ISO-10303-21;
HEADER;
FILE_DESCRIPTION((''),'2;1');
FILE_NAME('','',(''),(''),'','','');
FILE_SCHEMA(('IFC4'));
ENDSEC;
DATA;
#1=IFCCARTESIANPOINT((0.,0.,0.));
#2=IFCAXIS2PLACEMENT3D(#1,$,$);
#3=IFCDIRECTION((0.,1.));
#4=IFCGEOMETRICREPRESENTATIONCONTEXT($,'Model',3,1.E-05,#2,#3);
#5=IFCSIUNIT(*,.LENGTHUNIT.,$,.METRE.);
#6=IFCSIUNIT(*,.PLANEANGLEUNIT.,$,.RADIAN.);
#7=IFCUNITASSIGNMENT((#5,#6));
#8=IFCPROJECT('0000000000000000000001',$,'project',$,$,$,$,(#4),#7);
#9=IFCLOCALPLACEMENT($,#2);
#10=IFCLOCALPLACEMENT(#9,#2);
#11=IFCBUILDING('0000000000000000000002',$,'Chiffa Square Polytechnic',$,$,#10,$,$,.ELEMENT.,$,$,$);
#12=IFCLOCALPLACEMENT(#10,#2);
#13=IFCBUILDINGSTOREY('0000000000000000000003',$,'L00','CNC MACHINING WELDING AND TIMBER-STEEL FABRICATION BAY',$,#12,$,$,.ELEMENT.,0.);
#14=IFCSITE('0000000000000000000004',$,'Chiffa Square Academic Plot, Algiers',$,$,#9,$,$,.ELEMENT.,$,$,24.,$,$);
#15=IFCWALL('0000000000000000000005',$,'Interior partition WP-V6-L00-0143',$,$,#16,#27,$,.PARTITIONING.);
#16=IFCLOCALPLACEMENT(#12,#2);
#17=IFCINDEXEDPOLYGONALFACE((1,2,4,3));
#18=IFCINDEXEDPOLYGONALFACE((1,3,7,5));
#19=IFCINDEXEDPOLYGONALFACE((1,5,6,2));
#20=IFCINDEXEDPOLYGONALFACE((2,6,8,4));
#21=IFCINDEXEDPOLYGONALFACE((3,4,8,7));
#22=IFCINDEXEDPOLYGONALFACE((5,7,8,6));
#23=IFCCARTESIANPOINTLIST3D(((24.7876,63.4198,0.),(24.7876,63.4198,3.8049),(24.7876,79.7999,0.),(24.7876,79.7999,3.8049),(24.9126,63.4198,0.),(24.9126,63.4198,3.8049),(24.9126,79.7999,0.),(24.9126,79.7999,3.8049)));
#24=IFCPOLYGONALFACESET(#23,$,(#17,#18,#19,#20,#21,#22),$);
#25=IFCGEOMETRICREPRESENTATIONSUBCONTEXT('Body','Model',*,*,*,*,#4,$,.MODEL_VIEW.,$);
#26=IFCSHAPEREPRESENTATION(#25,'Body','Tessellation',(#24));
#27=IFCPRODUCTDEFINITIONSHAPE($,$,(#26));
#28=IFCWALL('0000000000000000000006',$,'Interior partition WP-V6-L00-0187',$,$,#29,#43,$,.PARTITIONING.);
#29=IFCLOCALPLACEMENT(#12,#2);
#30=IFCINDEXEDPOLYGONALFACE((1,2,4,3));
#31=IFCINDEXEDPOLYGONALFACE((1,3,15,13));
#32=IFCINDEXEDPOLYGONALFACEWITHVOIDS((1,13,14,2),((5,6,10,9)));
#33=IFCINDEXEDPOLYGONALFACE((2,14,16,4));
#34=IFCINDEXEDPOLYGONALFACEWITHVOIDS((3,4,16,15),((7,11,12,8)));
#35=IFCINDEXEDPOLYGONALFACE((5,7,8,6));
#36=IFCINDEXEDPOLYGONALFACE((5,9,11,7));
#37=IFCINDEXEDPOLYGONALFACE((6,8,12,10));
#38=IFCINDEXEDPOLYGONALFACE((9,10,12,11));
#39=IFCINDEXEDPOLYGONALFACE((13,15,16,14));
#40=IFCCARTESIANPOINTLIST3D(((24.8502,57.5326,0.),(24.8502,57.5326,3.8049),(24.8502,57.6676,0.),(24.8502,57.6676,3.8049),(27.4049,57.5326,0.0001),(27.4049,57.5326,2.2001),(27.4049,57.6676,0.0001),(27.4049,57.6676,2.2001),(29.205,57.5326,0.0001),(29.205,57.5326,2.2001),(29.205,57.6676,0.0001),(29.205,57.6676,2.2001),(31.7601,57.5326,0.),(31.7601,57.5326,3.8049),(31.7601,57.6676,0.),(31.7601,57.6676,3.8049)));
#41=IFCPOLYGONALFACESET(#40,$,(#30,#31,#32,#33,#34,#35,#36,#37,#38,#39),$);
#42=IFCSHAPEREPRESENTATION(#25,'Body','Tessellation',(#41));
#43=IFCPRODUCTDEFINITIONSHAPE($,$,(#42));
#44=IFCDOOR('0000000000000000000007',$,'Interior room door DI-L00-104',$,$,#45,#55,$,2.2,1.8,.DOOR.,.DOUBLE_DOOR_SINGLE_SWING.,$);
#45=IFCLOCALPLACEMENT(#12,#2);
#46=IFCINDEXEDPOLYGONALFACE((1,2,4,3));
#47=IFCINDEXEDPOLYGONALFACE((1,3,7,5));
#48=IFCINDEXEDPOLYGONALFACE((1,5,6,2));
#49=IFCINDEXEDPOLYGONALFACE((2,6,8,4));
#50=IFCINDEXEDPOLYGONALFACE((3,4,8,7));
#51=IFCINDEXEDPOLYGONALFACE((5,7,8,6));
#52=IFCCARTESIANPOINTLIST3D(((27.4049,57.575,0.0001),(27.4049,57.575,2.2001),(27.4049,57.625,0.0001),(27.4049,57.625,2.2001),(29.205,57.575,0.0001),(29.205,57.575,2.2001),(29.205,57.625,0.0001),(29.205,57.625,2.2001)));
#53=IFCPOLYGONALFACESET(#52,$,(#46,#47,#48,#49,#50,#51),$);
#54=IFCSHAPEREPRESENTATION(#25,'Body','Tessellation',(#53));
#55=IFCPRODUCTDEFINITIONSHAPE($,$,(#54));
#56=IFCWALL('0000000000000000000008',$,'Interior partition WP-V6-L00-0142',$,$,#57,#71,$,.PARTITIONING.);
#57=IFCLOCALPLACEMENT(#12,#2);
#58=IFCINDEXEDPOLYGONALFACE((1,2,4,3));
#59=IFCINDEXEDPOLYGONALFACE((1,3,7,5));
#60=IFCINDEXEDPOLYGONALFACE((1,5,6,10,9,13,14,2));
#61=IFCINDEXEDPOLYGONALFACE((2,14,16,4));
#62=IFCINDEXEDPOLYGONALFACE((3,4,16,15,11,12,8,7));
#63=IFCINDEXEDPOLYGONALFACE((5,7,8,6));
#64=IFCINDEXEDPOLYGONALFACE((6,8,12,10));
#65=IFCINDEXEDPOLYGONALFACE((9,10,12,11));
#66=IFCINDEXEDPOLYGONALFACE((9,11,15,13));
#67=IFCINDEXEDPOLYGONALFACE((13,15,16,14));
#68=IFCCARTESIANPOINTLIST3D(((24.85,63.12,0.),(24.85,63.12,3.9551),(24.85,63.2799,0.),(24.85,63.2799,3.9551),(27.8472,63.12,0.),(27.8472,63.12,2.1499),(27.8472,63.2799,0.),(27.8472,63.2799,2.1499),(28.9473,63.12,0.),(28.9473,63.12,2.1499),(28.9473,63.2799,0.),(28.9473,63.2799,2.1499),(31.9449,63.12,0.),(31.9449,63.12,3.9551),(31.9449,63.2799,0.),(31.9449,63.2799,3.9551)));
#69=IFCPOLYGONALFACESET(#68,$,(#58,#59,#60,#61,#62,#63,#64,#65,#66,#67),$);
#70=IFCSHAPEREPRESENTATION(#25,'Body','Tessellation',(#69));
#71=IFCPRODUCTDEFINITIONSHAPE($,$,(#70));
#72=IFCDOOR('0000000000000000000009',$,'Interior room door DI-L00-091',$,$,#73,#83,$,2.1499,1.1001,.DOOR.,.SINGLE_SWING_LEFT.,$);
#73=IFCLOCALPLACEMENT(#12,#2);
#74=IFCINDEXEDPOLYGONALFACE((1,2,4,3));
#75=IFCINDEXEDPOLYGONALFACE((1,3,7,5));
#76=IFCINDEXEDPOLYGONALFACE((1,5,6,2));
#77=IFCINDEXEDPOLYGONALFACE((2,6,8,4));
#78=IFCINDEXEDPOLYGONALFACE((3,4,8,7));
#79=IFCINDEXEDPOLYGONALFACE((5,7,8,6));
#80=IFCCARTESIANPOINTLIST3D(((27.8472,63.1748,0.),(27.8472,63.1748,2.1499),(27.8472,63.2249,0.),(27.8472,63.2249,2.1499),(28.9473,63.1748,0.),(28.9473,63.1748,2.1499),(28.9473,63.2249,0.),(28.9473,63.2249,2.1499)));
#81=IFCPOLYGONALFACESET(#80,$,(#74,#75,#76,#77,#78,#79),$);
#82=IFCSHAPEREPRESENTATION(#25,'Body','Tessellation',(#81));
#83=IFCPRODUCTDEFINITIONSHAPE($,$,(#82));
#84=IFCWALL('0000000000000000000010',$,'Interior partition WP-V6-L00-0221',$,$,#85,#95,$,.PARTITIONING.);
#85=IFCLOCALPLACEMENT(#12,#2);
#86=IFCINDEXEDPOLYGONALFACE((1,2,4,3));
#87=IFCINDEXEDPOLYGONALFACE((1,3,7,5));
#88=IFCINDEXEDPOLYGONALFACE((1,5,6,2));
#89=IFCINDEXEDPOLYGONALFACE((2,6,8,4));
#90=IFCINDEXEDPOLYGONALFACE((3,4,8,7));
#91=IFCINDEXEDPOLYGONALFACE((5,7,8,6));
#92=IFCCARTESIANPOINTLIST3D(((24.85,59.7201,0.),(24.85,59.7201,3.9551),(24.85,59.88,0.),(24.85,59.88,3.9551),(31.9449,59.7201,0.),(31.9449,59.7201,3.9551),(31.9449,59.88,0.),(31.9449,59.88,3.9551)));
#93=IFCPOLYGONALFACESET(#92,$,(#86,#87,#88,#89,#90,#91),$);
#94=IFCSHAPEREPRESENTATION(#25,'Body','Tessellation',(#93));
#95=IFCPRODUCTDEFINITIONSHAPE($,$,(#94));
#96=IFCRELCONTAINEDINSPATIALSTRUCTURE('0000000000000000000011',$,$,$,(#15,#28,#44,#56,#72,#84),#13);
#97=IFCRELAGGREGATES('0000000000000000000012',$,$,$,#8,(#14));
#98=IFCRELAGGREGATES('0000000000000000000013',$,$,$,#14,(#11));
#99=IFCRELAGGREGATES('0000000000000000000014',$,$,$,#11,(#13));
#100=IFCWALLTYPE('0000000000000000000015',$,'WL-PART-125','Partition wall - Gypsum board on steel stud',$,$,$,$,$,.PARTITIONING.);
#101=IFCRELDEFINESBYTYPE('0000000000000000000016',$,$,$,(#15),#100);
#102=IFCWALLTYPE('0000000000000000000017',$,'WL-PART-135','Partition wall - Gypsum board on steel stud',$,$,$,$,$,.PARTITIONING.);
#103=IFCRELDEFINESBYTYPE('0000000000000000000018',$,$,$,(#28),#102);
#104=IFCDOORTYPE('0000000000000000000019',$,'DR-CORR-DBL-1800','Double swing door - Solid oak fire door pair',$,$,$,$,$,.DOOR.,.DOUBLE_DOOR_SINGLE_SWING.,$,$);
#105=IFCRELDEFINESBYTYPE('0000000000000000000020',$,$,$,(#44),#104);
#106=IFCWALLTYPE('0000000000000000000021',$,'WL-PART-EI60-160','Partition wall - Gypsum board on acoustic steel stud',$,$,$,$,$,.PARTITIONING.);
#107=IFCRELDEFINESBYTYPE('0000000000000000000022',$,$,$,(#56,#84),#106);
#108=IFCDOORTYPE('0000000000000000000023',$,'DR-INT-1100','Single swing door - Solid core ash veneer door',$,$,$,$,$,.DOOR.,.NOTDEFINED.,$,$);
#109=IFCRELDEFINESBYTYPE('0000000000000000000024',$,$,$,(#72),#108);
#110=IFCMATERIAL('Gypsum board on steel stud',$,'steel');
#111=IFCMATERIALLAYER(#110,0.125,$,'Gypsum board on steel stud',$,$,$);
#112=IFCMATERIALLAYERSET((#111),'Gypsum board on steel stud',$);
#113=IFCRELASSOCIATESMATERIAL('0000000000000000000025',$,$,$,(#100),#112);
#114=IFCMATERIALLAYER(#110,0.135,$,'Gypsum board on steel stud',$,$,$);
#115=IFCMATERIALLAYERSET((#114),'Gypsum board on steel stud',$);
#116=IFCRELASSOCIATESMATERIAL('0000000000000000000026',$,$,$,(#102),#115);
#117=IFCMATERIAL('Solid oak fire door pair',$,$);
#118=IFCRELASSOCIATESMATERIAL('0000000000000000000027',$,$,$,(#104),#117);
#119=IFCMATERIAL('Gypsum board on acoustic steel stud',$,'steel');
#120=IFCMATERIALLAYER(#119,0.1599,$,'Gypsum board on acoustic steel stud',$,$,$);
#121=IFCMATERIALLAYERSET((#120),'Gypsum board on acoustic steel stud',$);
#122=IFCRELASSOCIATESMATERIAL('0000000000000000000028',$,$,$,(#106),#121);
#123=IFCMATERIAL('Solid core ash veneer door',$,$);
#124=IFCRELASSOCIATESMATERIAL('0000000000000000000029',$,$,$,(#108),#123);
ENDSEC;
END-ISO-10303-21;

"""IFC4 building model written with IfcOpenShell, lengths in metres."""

from ifc_helpers import new_model, si_unit, direction, frame, frame_2d, origin, place, context, subcontext, project, spatial, rectangle, extrude, material, layer, layer_set, type_object, element, fill, save


model = new_model("IFC4")

# Units and contexts
model_context = context("Model", 3, precision=1e-05, world=origin(), true_north=direction((0.0, 1.0)))
body_context = subcontext(model_context, "Body", "Model", "MODEL_VIEW")
ifc_project = project(units=[si_unit("LENGTHUNIT", "METRE"), si_unit("PLANEANGLEUNIT", "RADIAN")], contexts=[model_context])

# Site, building, storey
site_placement = place(None, origin())
site = spatial("IfcSite", under=ifc_project, at=site_placement, Name="Chiffa Square Academic Plot, Algiers", CompositionType="ELEMENT", RefElevation=24.0)
building_placement = place(site_placement, origin())
building = spatial("IfcBuilding", under=site, at=building_placement, Name="Chiffa Square Polytechnic", CompositionType="ELEMENT")
storey_placement = place(building_placement, origin())
storey = spatial("IfcBuildingStorey", under=building, at=storey_placement, Name="L00", Description="CNC MACHINING WELDING AND TIMBER-STEEL FABRICATION BAY", CompositionType="ELEMENT", Elevation=0.0)

# Wall
ifc_material_1 = material(Name="Gypsum board on steel stud", Category="steel")
ifc_layer_1 = layer(ifc_material_1, 0.125, Name="Gypsum board on steel stud")
ifc_layer_set_1 = layer_set([ifc_layer_1], Name="Gypsum board on steel stud")
wall_type_1 = type_object("IfcWallType", Name="WL-PART-125", Description="Partition wall - Gypsum board on steel stud", PredefinedType="PARTITIONING", material=ifc_layer_set_1)
wall_1_placement = place(storey_placement, frame((24.8501, 63.4199, 0.0), z_axis=(0.0, 0.0, 1.0), x_axis=(0.0, 1.0, 0.0)))
element("IfcWall", 1, at=wall_1_placement, inside=storey, type_object=wall_type_1, Name="Interior partition WP-V6-L00-0143", PredefinedType="PARTITIONING", context=body_context, shape_type="SweptSolid", body=[
    extrude(rectangle(XDim=16.3801, YDim=0.125, at=frame_2d((8.1899, 0.0))), origin(), (0.0, 0.0, 1.0), 3.8049),
])

# Walls, openings, doors
ifc_layer_2 = layer(ifc_material_1, 0.135, Name="Gypsum board on steel stud")
ifc_layer_set_2 = layer_set([ifc_layer_2], Name="Gypsum board on steel stud")
wall_type_2 = type_object("IfcWallType", Name="WL-PART-135", Description="Partition wall - Gypsum board on steel stud", PredefinedType="PARTITIONING", material=ifc_layer_set_2)
wall_2_placement = place(storey_placement, frame((24.8501, 57.6001, 0.0), z_axis=(0.0, 0.0, 1.0), x_axis=(1.0, 0.0, 0.0)))
wall_2 = element("IfcWall", 2, at=wall_2_placement, inside=storey, type_object=wall_type_2, Name="Interior partition WP-V6-L00-0187", PredefinedType="PARTITIONING", context=body_context, shape_type="SweptSolid", body=[
    extrude(rectangle(XDim=6.9099, YDim=0.135, at=frame_2d((3.4551, 0.0))), origin(), (0.0, 0.0, 1.0), 3.8049),
])
opening_1_placement = place(wall_2_placement, frame((2.5549, 0.0, 0.0)))
opening_1 = element("IfcOpeningElement", 3, at=opening_1_placement, cuts=wall_2, PredefinedType="OPENING", context=body_context, shape_type="SweptSolid", body=[
    extrude(rectangle(XDim=1.8, YDim=2.2, at=frame_2d((0.8999, 1.1001))), frame((0.0, 0.0776, 0.0), z_axis=(0.0, -1.0, 0.0), x_axis=(1.0, 0.0, 0.0)), (0.0, 0.0, 1.0), 0.155),
])
ifc_material_2 = material(Name="Solid oak fire door pair")
door_type_1 = type_object("IfcDoorType", Name="DR-CORR-DBL-1800", Description="Double swing door - Solid oak fire door pair", OperationType="DOUBLE_DOOR_SINGLE_SWING", PredefinedType="DOOR", material=ifc_material_2)
door_1_placement = place(opening_1_placement, origin())
door_1 = element("IfcDoor", 4, at=door_1_placement, inside=storey, type_object=door_type_1, Name="Interior room door DI-L00-104", OperationType="DOUBLE_DOOR_SINGLE_SWING", OverallHeight=2.2, OverallWidth=1.8, PredefinedType="DOOR", context=body_context, shape_type="SweptSolid", body=[
    extrude(rectangle(XDim=1.8, YDim=2.2, at=frame_2d((0.8999, 1.1001))), frame((0.0, 0.0249, 0.0), z_axis=(0.0, -1.0, 0.0), x_axis=(1.0, 0.0, 0.0)), (0.0, 0.0, 1.0), 0.05),
])
fill(opening_1, door_1)
ifc_material_3 = material(Name="Gypsum board on acoustic steel stud", Category="steel")
ifc_layer_3 = layer(ifc_material_3, 0.1599, Name="Gypsum board on acoustic steel stud")
ifc_layer_set_3 = layer_set([ifc_layer_3], Name="Gypsum board on acoustic steel stud")
wall_type_3 = type_object("IfcWallType", Name="WL-PART-EI60-160", Description="Partition wall - Gypsum board on acoustic steel stud", PredefinedType="PARTITIONING", material=ifc_layer_set_3)
wall_3_placement = place(storey_placement, frame((24.8501, 63.2, 0.0), z_axis=(0.0, 0.0, 1.0), x_axis=(1.0, 0.0, 0.0)))
wall_3 = element("IfcWall", 5, at=wall_3_placement, inside=storey, type_object=wall_type_3, Name="Interior partition WP-V6-L00-0142", PredefinedType="PARTITIONING", context=body_context, shape_type="SweptSolid", body=[
    extrude(rectangle(XDim=7.095, YDim=0.1599, at=frame_2d((3.5474, 0.0))), origin(), (0.0, 0.0, 1.0), 3.9551),
])
opening_2_placement = place(wall_3_placement, frame((2.9971, 0.0, 0.0)))
opening_2 = element("IfcOpeningElement", 6, at=opening_2_placement, cuts=wall_3, PredefinedType="OPENING", context=body_context, shape_type="SweptSolid", body=[
    extrude(rectangle(XDim=1.1001, YDim=2.1499, at=frame_2d((0.55, 1.075))), frame((0.0, 0.0898, 0.0), z_axis=(0.0, -1.0, 0.0), x_axis=(1.0, 0.0, 0.0)), (0.0, 0.0, 1.0), 0.1799),
])
ifc_material_4 = material(Name="Solid core ash veneer door")
door_type_2 = type_object("IfcDoorType", Name="DR-INT-1100", Description="Single swing door - Solid core ash veneer door", OperationType="NOTDEFINED", PredefinedType="DOOR", material=ifc_material_4)
door_2_placement = place(opening_2_placement, origin())
door_2 = element("IfcDoor", 7, at=door_2_placement, inside=storey, type_object=door_type_2, Name="Interior room door DI-L00-091", OperationType="SINGLE_SWING_LEFT", OverallHeight=2.1499, OverallWidth=1.1001, PredefinedType="DOOR", context=body_context, shape_type="SweptSolid", body=[
    extrude(rectangle(XDim=1.1001, YDim=2.1499, at=frame_2d((0.55, 1.075))), frame((0.0, 0.0249, 0.0), z_axis=(0.0, -1.0, 0.0), x_axis=(1.0, 0.0, 0.0)), (0.0, 0.0, 1.0), 0.05),
])
fill(opening_2, door_2)

# Wall
wall_4_placement = place(storey_placement, frame((24.8501, 59.8, 0.0), z_axis=(0.0, 0.0, 1.0), x_axis=(1.0, 0.0, 0.0)))
element("IfcWall", 8, at=wall_4_placement, inside=storey, type_object=wall_type_3, Name="Interior partition WP-V6-L00-0221", PredefinedType="PARTITIONING", context=body_context, shape_type="SweptSolid", body=[
    extrude(rectangle(XDim=7.095, YDim=0.1599, at=frame_2d((3.5474, 0.0))), origin(), (0.0, 0.0, 1.0), 3.9551),
])

save(model, "model.ifc")
